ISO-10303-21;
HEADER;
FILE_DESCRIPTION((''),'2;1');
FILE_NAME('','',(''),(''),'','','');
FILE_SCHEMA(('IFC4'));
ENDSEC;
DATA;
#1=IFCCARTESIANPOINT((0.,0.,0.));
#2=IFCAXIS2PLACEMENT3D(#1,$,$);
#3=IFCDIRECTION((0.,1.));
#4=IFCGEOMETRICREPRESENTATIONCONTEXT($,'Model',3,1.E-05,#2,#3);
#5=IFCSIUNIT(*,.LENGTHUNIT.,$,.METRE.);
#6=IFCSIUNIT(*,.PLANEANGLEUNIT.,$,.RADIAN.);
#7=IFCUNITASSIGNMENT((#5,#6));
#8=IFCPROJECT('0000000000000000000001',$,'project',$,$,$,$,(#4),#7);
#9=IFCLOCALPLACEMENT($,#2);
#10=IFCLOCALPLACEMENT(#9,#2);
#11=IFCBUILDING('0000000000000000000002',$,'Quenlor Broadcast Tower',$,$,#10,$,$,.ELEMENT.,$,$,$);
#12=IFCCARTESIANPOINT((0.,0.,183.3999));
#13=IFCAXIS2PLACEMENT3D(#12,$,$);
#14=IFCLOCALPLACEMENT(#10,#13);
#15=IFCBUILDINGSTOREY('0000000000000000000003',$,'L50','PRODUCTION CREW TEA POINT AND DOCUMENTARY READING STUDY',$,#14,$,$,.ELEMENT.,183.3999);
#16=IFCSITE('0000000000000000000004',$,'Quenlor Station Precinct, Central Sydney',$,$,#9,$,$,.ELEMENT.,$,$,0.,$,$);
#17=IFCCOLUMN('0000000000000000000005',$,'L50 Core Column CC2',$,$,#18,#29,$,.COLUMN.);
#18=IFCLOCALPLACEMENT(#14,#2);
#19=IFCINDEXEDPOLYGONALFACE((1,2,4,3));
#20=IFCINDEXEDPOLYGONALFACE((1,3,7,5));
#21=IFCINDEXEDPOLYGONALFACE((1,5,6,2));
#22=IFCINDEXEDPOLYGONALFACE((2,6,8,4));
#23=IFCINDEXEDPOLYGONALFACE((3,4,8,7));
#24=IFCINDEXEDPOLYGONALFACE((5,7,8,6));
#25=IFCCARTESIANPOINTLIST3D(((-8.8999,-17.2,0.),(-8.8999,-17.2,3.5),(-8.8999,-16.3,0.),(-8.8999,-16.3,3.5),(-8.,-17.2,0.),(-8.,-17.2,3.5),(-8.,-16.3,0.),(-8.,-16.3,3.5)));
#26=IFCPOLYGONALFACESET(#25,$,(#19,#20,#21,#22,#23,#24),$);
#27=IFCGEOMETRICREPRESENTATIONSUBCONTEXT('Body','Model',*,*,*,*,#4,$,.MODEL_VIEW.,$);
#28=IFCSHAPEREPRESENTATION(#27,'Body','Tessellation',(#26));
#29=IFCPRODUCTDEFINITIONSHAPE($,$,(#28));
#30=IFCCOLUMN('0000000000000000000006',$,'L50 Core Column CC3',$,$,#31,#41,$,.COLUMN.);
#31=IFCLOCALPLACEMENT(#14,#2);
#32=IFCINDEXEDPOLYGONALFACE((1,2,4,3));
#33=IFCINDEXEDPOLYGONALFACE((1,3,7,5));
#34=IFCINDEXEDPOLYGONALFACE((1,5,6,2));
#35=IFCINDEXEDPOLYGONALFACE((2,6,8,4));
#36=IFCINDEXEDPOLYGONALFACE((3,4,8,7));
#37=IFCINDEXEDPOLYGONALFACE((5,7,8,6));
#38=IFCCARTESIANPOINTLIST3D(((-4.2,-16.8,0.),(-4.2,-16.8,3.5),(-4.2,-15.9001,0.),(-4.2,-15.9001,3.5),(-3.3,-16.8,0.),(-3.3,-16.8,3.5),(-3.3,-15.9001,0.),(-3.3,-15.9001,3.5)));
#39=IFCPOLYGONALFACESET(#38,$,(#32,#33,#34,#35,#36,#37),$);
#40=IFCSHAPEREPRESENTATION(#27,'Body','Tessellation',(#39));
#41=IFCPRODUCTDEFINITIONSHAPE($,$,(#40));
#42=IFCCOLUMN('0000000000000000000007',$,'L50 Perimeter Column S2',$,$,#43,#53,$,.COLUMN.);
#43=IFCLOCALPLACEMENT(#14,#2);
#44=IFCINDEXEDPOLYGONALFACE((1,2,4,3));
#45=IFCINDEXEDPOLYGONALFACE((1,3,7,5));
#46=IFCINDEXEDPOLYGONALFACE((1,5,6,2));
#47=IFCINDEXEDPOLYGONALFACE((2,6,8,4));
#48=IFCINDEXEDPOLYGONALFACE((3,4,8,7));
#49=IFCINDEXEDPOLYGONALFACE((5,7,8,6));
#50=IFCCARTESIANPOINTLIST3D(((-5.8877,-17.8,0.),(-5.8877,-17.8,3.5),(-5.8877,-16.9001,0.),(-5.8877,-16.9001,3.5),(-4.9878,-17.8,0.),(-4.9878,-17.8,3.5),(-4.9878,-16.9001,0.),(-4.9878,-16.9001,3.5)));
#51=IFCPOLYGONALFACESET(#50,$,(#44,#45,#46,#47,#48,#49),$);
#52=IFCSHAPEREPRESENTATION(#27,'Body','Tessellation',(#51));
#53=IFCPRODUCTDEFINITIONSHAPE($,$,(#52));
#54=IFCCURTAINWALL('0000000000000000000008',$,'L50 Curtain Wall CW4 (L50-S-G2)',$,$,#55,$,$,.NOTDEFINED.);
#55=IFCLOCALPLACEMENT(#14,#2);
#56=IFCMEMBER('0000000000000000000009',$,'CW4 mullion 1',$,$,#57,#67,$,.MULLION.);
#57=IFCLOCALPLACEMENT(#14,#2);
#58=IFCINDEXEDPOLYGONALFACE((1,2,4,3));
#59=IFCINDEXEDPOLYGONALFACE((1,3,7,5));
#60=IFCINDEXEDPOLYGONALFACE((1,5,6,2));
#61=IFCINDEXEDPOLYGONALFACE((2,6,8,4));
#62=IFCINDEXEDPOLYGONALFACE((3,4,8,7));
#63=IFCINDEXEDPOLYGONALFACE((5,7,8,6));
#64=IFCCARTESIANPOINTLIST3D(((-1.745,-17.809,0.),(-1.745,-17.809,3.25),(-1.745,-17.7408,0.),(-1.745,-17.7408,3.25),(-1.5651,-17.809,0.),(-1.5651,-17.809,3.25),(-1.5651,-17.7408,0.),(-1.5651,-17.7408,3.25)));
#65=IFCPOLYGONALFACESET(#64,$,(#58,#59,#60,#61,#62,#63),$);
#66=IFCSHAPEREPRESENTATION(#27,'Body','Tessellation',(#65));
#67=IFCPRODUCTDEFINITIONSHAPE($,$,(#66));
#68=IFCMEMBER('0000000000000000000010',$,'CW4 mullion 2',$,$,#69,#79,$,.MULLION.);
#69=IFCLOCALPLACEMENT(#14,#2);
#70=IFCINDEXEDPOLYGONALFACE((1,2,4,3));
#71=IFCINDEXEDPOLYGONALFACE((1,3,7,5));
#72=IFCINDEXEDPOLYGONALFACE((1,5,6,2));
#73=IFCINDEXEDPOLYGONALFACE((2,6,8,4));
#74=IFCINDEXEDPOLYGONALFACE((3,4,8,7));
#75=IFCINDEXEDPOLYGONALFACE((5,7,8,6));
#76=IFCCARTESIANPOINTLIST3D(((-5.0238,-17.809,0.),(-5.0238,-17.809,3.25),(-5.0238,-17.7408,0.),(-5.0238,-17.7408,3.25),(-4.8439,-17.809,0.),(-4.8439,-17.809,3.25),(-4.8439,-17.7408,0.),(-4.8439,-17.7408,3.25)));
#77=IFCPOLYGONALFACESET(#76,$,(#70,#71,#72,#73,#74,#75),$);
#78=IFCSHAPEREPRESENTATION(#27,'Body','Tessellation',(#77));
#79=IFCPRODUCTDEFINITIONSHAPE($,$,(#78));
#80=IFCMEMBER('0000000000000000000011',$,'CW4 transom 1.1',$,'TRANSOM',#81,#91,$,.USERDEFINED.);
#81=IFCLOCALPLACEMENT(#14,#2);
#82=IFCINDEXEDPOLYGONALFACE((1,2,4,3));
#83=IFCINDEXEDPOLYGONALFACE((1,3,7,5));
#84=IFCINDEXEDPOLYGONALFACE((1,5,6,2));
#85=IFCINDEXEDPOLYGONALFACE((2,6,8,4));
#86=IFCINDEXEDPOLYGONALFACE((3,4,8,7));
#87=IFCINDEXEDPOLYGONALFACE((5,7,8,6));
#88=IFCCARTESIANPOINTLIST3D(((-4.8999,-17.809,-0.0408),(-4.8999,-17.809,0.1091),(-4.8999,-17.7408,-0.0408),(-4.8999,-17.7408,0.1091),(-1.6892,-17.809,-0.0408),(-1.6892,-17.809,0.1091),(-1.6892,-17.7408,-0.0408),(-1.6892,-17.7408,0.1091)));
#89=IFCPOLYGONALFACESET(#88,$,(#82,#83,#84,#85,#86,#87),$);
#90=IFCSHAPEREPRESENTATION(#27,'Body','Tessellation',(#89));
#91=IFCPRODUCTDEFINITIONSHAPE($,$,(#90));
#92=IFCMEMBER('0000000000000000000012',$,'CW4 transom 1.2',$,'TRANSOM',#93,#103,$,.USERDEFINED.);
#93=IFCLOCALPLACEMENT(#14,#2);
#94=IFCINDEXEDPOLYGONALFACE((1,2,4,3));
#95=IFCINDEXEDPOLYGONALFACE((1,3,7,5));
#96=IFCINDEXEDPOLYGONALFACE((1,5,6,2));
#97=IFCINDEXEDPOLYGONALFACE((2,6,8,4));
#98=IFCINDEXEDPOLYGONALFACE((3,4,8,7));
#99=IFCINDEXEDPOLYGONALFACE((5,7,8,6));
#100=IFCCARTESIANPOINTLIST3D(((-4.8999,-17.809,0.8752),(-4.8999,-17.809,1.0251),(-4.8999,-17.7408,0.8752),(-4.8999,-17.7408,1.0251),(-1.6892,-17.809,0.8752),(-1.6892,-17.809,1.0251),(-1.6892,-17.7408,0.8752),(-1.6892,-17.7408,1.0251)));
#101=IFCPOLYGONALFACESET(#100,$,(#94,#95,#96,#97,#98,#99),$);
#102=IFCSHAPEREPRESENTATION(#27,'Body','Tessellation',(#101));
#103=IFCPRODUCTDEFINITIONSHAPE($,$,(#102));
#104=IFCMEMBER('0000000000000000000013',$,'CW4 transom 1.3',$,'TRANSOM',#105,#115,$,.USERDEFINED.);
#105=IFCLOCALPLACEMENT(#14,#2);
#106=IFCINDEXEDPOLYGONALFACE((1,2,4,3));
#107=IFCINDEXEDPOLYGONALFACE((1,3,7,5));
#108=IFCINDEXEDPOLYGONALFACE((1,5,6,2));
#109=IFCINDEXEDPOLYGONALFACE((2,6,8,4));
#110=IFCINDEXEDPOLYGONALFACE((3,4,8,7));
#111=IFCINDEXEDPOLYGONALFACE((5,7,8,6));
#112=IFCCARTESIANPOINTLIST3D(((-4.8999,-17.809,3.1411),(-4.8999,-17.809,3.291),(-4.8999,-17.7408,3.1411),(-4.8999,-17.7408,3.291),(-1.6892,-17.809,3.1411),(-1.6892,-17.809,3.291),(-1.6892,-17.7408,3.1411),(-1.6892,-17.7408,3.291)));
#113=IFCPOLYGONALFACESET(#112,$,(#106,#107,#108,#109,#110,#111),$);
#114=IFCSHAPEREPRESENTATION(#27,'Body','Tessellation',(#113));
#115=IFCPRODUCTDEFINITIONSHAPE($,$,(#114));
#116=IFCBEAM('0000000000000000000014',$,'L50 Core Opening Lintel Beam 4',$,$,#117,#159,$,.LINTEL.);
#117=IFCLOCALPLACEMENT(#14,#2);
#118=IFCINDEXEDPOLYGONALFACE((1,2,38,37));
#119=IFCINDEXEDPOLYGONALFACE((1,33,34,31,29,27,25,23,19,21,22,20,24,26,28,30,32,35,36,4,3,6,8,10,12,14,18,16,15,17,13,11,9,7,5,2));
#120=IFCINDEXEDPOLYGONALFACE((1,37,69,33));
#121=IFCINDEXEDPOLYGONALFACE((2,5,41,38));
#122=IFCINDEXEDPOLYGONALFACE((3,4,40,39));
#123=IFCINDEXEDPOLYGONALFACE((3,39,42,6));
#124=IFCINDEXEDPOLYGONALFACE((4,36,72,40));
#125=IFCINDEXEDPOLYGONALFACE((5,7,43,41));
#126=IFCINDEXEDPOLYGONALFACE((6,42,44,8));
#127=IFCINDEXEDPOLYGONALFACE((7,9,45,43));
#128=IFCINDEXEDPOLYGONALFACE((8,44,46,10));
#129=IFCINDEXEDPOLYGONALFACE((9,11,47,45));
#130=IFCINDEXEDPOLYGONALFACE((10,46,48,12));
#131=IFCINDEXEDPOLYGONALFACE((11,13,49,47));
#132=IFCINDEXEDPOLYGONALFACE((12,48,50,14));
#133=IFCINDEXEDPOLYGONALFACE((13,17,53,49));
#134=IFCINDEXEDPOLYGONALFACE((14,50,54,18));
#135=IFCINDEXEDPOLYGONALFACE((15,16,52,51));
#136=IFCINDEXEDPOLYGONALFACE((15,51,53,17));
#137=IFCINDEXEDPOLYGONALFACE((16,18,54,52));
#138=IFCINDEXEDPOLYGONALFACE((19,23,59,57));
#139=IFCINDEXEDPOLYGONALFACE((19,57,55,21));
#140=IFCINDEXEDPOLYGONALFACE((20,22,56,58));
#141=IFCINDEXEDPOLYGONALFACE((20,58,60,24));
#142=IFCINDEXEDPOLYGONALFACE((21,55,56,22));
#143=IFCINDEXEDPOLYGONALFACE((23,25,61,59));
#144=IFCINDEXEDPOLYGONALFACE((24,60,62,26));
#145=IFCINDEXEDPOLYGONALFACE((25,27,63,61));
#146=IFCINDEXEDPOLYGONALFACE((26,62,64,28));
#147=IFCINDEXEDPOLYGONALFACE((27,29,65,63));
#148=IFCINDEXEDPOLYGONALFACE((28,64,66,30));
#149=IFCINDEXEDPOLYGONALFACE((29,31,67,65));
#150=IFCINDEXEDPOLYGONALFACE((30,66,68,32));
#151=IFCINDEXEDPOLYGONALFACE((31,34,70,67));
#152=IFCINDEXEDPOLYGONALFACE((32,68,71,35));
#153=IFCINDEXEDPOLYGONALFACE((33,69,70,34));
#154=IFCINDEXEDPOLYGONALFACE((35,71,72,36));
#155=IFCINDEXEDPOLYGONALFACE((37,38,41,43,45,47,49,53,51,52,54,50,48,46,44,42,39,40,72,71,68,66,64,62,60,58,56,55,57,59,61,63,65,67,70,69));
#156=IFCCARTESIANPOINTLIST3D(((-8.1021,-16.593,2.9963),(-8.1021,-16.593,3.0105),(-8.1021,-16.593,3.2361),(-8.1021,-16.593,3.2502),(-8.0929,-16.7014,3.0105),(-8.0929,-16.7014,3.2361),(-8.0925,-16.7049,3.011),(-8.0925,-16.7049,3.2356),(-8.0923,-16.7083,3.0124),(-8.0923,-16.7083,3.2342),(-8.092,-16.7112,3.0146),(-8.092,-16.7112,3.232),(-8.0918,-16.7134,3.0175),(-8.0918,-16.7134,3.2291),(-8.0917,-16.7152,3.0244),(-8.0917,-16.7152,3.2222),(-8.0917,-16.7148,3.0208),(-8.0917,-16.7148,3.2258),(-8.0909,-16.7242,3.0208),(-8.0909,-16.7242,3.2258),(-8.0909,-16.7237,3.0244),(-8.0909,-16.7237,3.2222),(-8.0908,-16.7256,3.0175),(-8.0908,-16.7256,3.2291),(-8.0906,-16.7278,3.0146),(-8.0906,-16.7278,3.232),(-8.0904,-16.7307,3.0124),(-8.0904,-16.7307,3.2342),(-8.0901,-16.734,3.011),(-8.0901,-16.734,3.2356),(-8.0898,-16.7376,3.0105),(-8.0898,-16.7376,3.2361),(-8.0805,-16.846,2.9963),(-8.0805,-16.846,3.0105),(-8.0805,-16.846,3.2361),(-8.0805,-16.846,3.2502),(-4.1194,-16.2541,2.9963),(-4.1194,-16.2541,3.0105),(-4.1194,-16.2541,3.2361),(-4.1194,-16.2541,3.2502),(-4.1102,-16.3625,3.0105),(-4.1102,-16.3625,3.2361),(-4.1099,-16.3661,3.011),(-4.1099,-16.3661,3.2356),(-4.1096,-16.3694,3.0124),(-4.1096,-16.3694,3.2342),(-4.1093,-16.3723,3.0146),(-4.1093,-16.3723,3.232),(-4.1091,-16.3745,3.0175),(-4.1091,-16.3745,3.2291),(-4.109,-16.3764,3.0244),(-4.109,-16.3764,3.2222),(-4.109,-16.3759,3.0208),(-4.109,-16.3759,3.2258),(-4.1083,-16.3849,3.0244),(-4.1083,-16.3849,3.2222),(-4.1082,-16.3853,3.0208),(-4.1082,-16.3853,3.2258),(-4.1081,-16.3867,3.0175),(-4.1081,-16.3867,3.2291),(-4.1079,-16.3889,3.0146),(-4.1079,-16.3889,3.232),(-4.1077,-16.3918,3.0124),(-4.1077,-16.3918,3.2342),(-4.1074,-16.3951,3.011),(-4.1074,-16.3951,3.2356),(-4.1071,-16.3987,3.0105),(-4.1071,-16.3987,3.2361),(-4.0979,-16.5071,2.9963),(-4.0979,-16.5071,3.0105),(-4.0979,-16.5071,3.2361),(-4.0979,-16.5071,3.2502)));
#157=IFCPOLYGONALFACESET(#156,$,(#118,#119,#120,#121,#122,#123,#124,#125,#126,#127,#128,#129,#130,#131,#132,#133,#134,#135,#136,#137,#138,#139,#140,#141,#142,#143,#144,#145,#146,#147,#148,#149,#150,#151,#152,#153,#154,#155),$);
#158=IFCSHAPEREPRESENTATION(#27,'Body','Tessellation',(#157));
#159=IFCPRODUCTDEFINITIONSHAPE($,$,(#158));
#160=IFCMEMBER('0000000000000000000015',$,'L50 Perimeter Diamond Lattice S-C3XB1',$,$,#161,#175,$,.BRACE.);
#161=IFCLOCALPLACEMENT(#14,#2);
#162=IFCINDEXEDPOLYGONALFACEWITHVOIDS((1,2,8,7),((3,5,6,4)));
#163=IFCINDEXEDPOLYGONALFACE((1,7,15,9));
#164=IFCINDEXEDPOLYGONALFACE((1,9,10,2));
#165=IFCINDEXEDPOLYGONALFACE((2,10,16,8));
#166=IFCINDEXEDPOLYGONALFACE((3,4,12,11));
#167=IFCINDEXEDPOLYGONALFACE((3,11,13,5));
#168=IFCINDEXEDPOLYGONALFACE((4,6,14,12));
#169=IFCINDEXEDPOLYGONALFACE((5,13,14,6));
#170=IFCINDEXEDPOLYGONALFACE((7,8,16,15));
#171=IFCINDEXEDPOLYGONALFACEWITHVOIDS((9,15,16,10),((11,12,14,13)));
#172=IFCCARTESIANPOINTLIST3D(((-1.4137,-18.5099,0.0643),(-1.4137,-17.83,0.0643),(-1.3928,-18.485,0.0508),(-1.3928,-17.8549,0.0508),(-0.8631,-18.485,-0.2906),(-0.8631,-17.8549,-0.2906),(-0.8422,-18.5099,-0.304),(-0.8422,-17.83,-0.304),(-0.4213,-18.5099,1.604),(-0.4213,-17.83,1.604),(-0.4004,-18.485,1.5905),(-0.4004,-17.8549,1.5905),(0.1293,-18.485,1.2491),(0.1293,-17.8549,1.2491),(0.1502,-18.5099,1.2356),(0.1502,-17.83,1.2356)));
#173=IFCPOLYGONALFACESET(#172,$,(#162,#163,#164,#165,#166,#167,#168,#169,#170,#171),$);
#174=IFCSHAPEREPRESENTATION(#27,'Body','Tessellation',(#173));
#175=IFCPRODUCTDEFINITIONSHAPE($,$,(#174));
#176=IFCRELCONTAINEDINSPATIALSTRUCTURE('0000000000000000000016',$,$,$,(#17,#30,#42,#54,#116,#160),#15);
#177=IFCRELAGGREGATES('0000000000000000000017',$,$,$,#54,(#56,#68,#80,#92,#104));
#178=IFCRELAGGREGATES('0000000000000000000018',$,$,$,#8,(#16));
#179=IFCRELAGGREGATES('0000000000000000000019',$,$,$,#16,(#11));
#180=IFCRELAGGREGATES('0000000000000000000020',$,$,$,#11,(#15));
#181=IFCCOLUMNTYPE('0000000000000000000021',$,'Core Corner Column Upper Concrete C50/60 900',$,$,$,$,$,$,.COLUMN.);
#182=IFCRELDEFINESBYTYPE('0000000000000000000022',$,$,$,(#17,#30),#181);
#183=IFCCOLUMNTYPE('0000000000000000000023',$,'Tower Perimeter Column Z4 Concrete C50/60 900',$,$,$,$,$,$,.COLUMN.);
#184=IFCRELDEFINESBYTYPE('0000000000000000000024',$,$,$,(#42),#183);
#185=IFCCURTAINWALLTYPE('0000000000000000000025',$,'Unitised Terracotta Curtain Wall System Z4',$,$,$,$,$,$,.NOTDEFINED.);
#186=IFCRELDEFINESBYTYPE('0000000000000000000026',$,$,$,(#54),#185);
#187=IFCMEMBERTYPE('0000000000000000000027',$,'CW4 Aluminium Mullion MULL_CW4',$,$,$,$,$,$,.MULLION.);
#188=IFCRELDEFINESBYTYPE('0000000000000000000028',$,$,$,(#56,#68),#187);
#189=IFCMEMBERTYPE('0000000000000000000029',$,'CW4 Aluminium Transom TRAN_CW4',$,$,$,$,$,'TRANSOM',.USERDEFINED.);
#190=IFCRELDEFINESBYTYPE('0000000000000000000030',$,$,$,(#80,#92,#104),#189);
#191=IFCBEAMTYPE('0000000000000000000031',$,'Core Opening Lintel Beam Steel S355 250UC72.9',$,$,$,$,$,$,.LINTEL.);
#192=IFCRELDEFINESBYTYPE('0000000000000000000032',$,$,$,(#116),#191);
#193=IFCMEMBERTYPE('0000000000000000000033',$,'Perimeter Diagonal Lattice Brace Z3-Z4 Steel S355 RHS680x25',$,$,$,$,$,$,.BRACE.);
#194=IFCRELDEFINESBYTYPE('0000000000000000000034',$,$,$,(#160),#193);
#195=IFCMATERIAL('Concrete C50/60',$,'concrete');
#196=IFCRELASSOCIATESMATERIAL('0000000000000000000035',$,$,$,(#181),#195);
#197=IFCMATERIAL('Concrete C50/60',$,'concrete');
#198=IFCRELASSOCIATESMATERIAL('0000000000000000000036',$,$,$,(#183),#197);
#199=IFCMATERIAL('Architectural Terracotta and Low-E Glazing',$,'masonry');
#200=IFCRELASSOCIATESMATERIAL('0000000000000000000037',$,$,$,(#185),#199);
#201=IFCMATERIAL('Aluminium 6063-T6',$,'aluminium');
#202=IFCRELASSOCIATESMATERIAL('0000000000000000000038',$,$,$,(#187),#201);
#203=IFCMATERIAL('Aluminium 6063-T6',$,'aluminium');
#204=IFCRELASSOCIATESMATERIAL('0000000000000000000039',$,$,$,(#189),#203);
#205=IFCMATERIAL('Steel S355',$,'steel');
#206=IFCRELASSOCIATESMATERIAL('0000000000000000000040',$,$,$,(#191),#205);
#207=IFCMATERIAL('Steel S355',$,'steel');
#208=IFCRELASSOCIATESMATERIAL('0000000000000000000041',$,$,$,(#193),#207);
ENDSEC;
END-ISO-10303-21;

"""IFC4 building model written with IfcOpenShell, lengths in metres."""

from ifc_helpers import new_model, si_unit, direction, frame, origin, origin_2d, place, context, subcontext, project, spatial, rectangle, hollow_rectangle, i_section, extrude, material, material_profile, profile_set, type_object, element, aggregate, save


model = new_model("IFC4")

# Units and contexts
model_context = context("Model", 3, precision=1e-05, world=origin(), true_north=direction((0.0, 1.0)))
body_context = subcontext(model_context, "Body", "Model", "MODEL_VIEW")
ifc_project = project(units=[si_unit("LENGTHUNIT", "METRE"), si_unit("PLANEANGLEUNIT", "RADIAN")], contexts=[model_context])

# Site, building, storey
site_placement = place(None, origin())
site = spatial("IfcSite", under=ifc_project, at=site_placement, Name="Quenlor Station Precinct, Central Sydney", CompositionType="ELEMENT", RefElevation=0.0)
building_placement = place(site_placement, origin())
building = spatial("IfcBuilding", under=site, at=building_placement, Name="Quenlor Broadcast Tower", CompositionType="ELEMENT")
storey_placement = place(building_placement, frame((0.0, 0.0, 183.3999)))
storey = spatial("IfcBuildingStorey", under=building, at=storey_placement, Name="L50", Description="PRODUCTION CREW TEA POINT AND DOCUMENTARY READING STUDY", CompositionType="ELEMENT", Elevation=183.3999)

# Columns
ifc_material_1 = material(Name="Concrete C50/60", Category="concrete")
ifc_material_profile_1 = material_profile(ifc_material_1, rectangle(XDim=0.8999, YDim=0.8999, at=origin_2d()))
ifc_profile_set_1 = profile_set([ifc_material_profile_1], Name="Concrete C50/60 RC900x900")
column_type_1 = type_object("IfcColumnType", Name="Core Corner Column Upper Concrete C50/60 900", PredefinedType="COLUMN", material=ifc_profile_set_1)
for number, where, z_axis, x_axis, name in (
    (1, (-8.45, -16.75, 0.0), (0.0, 0.0, 1.0), (1.0, 0.0, 0.0), "L50 Core Column CC2"),
    (2, (-3.75, -16.3501, 0.0), (0.0, 0.0, 1.0), (1.0, 0.0, 0.0), "L50 Core Column CC3"),
):
    element("IfcColumn", number, at=place(storey_placement, frame(where, z_axis=z_axis, x_axis=x_axis)), inside=storey, type_object=column_type_1, Name=name, PredefinedType="COLUMN", context=body_context, shape_type="SweptSolid", body=[
        extrude(rectangle(XDim=0.8999, YDim=0.8999, at=origin_2d()), origin(), (0.0, 0.0, 1.0), 3.5),
    ])
ifc_material_2 = material(Name="Concrete C50/60", Category="concrete")
ifc_material_profile_2 = material_profile(ifc_material_2, rectangle(XDim=0.8999, YDim=0.8999, at=origin_2d()))
ifc_profile_set_2 = profile_set([ifc_material_profile_2], Name="Concrete C50/60 RC900x900")
column_type_2 = type_object("IfcColumnType", Name="Tower Perimeter Column Z4 Concrete C50/60 900", PredefinedType="COLUMN", material=ifc_profile_set_2)
column_placement = place(storey_placement, frame((-5.4377, -17.3501, 0.0), z_axis=(0.0, 0.0, 1.0), x_axis=(0.0, 1.0, 0.0)))
element("IfcColumn", 3, at=column_placement, inside=storey, type_object=column_type_2, Name="L50 Perimeter Column S2", PredefinedType="COLUMN", context=body_context, shape_type="SweptSolid", body=[
    extrude(rectangle(XDim=0.8999, YDim=0.8999, at=origin_2d()), origin(), (0.0, 0.0, 1.0), 3.5),
])

# Curtain wall, members
ifc_material_3 = material(Name="Architectural Terracotta and Low-E Glazing", Category="masonry")
curtain_wall_type = type_object("IfcCurtainWallType", Name="Unitised Terracotta Curtain Wall System Z4", PredefinedType="NOTDEFINED", material=ifc_material_3)
curtain_wall_placement = place(storey_placement, origin())
curtain_wall = element("IfcCurtainWall", 4, at=curtain_wall_placement, inside=storey, type_object=curtain_wall_type, Name="L50 Curtain Wall CW4 (L50-S-G2)", PredefinedType="NOTDEFINED")
ifc_material_4 = material(Name="Aluminium 6063-T6", Category="aluminium")
ifc_material_profile_3 = material_profile(ifc_material_4, rectangle(XDim=0.0681, YDim=0.1799, at=origin_2d()))
ifc_profile_set_3 = profile_set([ifc_material_profile_3], Name="Aluminium 6063-T6 MULL68x180")
member_type_1 = type_object("IfcMemberType", Name="CW4 Aluminium Mullion MULL_CW4", PredefinedType="MULLION", material=ifc_profile_set_3)
member_1_placement = place(storey_placement, frame((-1.655, -17.7749, 0.0), z_axis=(0.0, 0.0, 1.0), x_axis=(0.0, -1.0, 0.0)))
member_1 = element("IfcMember", 5, at=member_1_placement, type_object=member_type_1, Name="CW4 mullion 1", PredefinedType="MULLION", context=body_context, shape_type="SweptSolid", body=[
    extrude(rectangle(XDim=0.0681, YDim=0.1799, at=origin_2d()), origin(), (0.0, 0.0, 1.0), 3.25),
])
member_2_placement = place(storey_placement, frame((-4.9338, -17.7749, 0.0), z_axis=(0.0, 0.0, 1.0), x_axis=(0.0, -1.0, 0.0)))
member_2 = element("IfcMember", 6, at=member_2_placement, type_object=member_type_1, Name="CW4 mullion 2", PredefinedType="MULLION", context=body_context, shape_type="SweptSolid", body=[
    extrude(rectangle(XDim=0.0681, YDim=0.1799, at=origin_2d()), origin(), (0.0, 0.0, 1.0), 3.25),
])
ifc_material_5 = material(Name="Aluminium 6063-T6", Category="aluminium")
ifc_material_profile_4 = material_profile(ifc_material_5, rectangle(XDim=0.0681, YDim=0.1499, at=origin_2d()))
ifc_profile_set_4 = profile_set([ifc_material_profile_4], Name="Aluminium 6063-T6 TRAN68x150")
member_type_2 = type_object("IfcMemberType", Name="CW4 Aluminium Transom TRAN_CW4", ElementType="TRANSOM", PredefinedType="USERDEFINED", material=ifc_profile_set_4)
member_3_placement = place(storey_placement, frame((-1.6892, -17.7749, 0.0342), z_axis=(-1.0, 0.0, 0.0), x_axis=(0.0, -1.0, 0.0)))
member_3 = element("IfcMember", 7, at=member_3_placement, type_object=member_type_2, Name="CW4 transom 1.1", ObjectType="TRANSOM", PredefinedType="USERDEFINED", context=body_context, shape_type="SweptSolid", body=[
    extrude(rectangle(XDim=0.0681, YDim=0.1499, at=origin_2d()), origin(), (0.0, 0.0, 1.0), 3.2107),
])
member_4_placement = place(storey_placement, frame((-1.6892, -17.7749, 0.9502), z_axis=(-1.0, 0.0, 0.0), x_axis=(0.0, -1.0, 0.0)))
member_4 = element("IfcMember", 8, at=member_4_placement, type_object=member_type_2, Name="CW4 transom 1.2", ObjectType="TRANSOM", PredefinedType="USERDEFINED", context=body_context, shape_type="SweptSolid", body=[
    extrude(rectangle(XDim=0.0681, YDim=0.1499, at=origin_2d()), origin(), (0.0, 0.0, 1.0), 3.2107),
])
member_5_placement = place(storey_placement, frame((-1.6892, -17.7749, 3.2161), z_axis=(-1.0, 0.0, 0.0), x_axis=(0.0, -1.0, 0.0)))
member_5 = element("IfcMember", 9, at=member_5_placement, type_object=member_type_2, Name="CW4 transom 1.3", ObjectType="TRANSOM", PredefinedType="USERDEFINED", context=body_context, shape_type="SweptSolid", body=[
    extrude(rectangle(XDim=0.0681, YDim=0.1499, at=origin_2d()), origin(), (0.0, 0.0, 1.0), 3.2107),
])

# Beam
ifc_material_6 = material(Name="Steel S355", Category="steel")
ifc_material_profile_5 = material_profile(ifc_material_6, i_section(OverallWidth=0.2539, OverallDepth=0.2539, WebThickness=0.0085, FlangeThickness=0.0142, FilletRadius=0.0139, at=origin_2d()))
ifc_profile_set_5 = profile_set([ifc_material_profile_5], Name="Steel S355 250UC72.9")
beam_type_1 = type_object("IfcBeamType", Name="Core Opening Lintel Beam Steel S355 250UC72.9", PredefinedType="LINTEL", material=ifc_profile_set_5)
beam_1_placement = place(storey_placement, frame((-8.0913, -16.7195, 3.1233), z_axis=(0.9964, 0.084779, 0.0), x_axis=(-0.084779, 0.9964, 0.0)))
element("IfcBeam", 10, at=beam_1_placement, inside=storey, type_object=beam_type_1, Name="L50 Core Opening Lintel Beam 4", PredefinedType="LINTEL", context=body_context, shape_type="SweptSolid", body=[
    extrude(i_section(OverallWidth=0.2539, OverallDepth=0.2539, WebThickness=0.0085, FlangeThickness=0.0142, FilletRadius=0.0139, at=origin_2d()), origin(), (0.0, 0.0, 1.0), 3.9971),
])

# Member
ifc_material_7 = material(Name="Steel S355", Category="steel")
ifc_material_profile_6 = material_profile(ifc_material_7, hollow_rectangle(XDim=0.6799, YDim=0.6799, WallThickness=0.0249, at=origin_2d()))
ifc_profile_set_6 = profile_set([ifc_material_profile_6], Name="Steel S355 RHS680x680x25")
member_type_3 = type_object("IfcMemberType", Name="Perimeter Diagonal Lattice Brace Z3-Z4 Steel S355 RHS680x25", PredefinedType="BRACE", material=ifc_profile_set_6)
member_6_placement = place(storey_placement, frame((-1.1279, -18.1699, -0.1199), z_axis=(0.541747, 0.0, 0.840541), x_axis=(0.0, 1.0, 0.0)))
element("IfcMember", 11, at=member_6_placement, inside=storey, type_object=member_type_3, Name="L50 Perimeter Diamond Lattice S-C3XB1", PredefinedType="BRACE", context=body_context, shape_type="SweptSolid", body=[
    extrude(hollow_rectangle(XDim=0.6799, YDim=0.6799, WallThickness=0.0249, at=origin_2d()), origin(), (0.0, 0.0, 1.0), 1.8318),
])

aggregate(curtain_wall, [member_1, member_2, member_3, member_4, member_5])

save(model, "model.ifc")
